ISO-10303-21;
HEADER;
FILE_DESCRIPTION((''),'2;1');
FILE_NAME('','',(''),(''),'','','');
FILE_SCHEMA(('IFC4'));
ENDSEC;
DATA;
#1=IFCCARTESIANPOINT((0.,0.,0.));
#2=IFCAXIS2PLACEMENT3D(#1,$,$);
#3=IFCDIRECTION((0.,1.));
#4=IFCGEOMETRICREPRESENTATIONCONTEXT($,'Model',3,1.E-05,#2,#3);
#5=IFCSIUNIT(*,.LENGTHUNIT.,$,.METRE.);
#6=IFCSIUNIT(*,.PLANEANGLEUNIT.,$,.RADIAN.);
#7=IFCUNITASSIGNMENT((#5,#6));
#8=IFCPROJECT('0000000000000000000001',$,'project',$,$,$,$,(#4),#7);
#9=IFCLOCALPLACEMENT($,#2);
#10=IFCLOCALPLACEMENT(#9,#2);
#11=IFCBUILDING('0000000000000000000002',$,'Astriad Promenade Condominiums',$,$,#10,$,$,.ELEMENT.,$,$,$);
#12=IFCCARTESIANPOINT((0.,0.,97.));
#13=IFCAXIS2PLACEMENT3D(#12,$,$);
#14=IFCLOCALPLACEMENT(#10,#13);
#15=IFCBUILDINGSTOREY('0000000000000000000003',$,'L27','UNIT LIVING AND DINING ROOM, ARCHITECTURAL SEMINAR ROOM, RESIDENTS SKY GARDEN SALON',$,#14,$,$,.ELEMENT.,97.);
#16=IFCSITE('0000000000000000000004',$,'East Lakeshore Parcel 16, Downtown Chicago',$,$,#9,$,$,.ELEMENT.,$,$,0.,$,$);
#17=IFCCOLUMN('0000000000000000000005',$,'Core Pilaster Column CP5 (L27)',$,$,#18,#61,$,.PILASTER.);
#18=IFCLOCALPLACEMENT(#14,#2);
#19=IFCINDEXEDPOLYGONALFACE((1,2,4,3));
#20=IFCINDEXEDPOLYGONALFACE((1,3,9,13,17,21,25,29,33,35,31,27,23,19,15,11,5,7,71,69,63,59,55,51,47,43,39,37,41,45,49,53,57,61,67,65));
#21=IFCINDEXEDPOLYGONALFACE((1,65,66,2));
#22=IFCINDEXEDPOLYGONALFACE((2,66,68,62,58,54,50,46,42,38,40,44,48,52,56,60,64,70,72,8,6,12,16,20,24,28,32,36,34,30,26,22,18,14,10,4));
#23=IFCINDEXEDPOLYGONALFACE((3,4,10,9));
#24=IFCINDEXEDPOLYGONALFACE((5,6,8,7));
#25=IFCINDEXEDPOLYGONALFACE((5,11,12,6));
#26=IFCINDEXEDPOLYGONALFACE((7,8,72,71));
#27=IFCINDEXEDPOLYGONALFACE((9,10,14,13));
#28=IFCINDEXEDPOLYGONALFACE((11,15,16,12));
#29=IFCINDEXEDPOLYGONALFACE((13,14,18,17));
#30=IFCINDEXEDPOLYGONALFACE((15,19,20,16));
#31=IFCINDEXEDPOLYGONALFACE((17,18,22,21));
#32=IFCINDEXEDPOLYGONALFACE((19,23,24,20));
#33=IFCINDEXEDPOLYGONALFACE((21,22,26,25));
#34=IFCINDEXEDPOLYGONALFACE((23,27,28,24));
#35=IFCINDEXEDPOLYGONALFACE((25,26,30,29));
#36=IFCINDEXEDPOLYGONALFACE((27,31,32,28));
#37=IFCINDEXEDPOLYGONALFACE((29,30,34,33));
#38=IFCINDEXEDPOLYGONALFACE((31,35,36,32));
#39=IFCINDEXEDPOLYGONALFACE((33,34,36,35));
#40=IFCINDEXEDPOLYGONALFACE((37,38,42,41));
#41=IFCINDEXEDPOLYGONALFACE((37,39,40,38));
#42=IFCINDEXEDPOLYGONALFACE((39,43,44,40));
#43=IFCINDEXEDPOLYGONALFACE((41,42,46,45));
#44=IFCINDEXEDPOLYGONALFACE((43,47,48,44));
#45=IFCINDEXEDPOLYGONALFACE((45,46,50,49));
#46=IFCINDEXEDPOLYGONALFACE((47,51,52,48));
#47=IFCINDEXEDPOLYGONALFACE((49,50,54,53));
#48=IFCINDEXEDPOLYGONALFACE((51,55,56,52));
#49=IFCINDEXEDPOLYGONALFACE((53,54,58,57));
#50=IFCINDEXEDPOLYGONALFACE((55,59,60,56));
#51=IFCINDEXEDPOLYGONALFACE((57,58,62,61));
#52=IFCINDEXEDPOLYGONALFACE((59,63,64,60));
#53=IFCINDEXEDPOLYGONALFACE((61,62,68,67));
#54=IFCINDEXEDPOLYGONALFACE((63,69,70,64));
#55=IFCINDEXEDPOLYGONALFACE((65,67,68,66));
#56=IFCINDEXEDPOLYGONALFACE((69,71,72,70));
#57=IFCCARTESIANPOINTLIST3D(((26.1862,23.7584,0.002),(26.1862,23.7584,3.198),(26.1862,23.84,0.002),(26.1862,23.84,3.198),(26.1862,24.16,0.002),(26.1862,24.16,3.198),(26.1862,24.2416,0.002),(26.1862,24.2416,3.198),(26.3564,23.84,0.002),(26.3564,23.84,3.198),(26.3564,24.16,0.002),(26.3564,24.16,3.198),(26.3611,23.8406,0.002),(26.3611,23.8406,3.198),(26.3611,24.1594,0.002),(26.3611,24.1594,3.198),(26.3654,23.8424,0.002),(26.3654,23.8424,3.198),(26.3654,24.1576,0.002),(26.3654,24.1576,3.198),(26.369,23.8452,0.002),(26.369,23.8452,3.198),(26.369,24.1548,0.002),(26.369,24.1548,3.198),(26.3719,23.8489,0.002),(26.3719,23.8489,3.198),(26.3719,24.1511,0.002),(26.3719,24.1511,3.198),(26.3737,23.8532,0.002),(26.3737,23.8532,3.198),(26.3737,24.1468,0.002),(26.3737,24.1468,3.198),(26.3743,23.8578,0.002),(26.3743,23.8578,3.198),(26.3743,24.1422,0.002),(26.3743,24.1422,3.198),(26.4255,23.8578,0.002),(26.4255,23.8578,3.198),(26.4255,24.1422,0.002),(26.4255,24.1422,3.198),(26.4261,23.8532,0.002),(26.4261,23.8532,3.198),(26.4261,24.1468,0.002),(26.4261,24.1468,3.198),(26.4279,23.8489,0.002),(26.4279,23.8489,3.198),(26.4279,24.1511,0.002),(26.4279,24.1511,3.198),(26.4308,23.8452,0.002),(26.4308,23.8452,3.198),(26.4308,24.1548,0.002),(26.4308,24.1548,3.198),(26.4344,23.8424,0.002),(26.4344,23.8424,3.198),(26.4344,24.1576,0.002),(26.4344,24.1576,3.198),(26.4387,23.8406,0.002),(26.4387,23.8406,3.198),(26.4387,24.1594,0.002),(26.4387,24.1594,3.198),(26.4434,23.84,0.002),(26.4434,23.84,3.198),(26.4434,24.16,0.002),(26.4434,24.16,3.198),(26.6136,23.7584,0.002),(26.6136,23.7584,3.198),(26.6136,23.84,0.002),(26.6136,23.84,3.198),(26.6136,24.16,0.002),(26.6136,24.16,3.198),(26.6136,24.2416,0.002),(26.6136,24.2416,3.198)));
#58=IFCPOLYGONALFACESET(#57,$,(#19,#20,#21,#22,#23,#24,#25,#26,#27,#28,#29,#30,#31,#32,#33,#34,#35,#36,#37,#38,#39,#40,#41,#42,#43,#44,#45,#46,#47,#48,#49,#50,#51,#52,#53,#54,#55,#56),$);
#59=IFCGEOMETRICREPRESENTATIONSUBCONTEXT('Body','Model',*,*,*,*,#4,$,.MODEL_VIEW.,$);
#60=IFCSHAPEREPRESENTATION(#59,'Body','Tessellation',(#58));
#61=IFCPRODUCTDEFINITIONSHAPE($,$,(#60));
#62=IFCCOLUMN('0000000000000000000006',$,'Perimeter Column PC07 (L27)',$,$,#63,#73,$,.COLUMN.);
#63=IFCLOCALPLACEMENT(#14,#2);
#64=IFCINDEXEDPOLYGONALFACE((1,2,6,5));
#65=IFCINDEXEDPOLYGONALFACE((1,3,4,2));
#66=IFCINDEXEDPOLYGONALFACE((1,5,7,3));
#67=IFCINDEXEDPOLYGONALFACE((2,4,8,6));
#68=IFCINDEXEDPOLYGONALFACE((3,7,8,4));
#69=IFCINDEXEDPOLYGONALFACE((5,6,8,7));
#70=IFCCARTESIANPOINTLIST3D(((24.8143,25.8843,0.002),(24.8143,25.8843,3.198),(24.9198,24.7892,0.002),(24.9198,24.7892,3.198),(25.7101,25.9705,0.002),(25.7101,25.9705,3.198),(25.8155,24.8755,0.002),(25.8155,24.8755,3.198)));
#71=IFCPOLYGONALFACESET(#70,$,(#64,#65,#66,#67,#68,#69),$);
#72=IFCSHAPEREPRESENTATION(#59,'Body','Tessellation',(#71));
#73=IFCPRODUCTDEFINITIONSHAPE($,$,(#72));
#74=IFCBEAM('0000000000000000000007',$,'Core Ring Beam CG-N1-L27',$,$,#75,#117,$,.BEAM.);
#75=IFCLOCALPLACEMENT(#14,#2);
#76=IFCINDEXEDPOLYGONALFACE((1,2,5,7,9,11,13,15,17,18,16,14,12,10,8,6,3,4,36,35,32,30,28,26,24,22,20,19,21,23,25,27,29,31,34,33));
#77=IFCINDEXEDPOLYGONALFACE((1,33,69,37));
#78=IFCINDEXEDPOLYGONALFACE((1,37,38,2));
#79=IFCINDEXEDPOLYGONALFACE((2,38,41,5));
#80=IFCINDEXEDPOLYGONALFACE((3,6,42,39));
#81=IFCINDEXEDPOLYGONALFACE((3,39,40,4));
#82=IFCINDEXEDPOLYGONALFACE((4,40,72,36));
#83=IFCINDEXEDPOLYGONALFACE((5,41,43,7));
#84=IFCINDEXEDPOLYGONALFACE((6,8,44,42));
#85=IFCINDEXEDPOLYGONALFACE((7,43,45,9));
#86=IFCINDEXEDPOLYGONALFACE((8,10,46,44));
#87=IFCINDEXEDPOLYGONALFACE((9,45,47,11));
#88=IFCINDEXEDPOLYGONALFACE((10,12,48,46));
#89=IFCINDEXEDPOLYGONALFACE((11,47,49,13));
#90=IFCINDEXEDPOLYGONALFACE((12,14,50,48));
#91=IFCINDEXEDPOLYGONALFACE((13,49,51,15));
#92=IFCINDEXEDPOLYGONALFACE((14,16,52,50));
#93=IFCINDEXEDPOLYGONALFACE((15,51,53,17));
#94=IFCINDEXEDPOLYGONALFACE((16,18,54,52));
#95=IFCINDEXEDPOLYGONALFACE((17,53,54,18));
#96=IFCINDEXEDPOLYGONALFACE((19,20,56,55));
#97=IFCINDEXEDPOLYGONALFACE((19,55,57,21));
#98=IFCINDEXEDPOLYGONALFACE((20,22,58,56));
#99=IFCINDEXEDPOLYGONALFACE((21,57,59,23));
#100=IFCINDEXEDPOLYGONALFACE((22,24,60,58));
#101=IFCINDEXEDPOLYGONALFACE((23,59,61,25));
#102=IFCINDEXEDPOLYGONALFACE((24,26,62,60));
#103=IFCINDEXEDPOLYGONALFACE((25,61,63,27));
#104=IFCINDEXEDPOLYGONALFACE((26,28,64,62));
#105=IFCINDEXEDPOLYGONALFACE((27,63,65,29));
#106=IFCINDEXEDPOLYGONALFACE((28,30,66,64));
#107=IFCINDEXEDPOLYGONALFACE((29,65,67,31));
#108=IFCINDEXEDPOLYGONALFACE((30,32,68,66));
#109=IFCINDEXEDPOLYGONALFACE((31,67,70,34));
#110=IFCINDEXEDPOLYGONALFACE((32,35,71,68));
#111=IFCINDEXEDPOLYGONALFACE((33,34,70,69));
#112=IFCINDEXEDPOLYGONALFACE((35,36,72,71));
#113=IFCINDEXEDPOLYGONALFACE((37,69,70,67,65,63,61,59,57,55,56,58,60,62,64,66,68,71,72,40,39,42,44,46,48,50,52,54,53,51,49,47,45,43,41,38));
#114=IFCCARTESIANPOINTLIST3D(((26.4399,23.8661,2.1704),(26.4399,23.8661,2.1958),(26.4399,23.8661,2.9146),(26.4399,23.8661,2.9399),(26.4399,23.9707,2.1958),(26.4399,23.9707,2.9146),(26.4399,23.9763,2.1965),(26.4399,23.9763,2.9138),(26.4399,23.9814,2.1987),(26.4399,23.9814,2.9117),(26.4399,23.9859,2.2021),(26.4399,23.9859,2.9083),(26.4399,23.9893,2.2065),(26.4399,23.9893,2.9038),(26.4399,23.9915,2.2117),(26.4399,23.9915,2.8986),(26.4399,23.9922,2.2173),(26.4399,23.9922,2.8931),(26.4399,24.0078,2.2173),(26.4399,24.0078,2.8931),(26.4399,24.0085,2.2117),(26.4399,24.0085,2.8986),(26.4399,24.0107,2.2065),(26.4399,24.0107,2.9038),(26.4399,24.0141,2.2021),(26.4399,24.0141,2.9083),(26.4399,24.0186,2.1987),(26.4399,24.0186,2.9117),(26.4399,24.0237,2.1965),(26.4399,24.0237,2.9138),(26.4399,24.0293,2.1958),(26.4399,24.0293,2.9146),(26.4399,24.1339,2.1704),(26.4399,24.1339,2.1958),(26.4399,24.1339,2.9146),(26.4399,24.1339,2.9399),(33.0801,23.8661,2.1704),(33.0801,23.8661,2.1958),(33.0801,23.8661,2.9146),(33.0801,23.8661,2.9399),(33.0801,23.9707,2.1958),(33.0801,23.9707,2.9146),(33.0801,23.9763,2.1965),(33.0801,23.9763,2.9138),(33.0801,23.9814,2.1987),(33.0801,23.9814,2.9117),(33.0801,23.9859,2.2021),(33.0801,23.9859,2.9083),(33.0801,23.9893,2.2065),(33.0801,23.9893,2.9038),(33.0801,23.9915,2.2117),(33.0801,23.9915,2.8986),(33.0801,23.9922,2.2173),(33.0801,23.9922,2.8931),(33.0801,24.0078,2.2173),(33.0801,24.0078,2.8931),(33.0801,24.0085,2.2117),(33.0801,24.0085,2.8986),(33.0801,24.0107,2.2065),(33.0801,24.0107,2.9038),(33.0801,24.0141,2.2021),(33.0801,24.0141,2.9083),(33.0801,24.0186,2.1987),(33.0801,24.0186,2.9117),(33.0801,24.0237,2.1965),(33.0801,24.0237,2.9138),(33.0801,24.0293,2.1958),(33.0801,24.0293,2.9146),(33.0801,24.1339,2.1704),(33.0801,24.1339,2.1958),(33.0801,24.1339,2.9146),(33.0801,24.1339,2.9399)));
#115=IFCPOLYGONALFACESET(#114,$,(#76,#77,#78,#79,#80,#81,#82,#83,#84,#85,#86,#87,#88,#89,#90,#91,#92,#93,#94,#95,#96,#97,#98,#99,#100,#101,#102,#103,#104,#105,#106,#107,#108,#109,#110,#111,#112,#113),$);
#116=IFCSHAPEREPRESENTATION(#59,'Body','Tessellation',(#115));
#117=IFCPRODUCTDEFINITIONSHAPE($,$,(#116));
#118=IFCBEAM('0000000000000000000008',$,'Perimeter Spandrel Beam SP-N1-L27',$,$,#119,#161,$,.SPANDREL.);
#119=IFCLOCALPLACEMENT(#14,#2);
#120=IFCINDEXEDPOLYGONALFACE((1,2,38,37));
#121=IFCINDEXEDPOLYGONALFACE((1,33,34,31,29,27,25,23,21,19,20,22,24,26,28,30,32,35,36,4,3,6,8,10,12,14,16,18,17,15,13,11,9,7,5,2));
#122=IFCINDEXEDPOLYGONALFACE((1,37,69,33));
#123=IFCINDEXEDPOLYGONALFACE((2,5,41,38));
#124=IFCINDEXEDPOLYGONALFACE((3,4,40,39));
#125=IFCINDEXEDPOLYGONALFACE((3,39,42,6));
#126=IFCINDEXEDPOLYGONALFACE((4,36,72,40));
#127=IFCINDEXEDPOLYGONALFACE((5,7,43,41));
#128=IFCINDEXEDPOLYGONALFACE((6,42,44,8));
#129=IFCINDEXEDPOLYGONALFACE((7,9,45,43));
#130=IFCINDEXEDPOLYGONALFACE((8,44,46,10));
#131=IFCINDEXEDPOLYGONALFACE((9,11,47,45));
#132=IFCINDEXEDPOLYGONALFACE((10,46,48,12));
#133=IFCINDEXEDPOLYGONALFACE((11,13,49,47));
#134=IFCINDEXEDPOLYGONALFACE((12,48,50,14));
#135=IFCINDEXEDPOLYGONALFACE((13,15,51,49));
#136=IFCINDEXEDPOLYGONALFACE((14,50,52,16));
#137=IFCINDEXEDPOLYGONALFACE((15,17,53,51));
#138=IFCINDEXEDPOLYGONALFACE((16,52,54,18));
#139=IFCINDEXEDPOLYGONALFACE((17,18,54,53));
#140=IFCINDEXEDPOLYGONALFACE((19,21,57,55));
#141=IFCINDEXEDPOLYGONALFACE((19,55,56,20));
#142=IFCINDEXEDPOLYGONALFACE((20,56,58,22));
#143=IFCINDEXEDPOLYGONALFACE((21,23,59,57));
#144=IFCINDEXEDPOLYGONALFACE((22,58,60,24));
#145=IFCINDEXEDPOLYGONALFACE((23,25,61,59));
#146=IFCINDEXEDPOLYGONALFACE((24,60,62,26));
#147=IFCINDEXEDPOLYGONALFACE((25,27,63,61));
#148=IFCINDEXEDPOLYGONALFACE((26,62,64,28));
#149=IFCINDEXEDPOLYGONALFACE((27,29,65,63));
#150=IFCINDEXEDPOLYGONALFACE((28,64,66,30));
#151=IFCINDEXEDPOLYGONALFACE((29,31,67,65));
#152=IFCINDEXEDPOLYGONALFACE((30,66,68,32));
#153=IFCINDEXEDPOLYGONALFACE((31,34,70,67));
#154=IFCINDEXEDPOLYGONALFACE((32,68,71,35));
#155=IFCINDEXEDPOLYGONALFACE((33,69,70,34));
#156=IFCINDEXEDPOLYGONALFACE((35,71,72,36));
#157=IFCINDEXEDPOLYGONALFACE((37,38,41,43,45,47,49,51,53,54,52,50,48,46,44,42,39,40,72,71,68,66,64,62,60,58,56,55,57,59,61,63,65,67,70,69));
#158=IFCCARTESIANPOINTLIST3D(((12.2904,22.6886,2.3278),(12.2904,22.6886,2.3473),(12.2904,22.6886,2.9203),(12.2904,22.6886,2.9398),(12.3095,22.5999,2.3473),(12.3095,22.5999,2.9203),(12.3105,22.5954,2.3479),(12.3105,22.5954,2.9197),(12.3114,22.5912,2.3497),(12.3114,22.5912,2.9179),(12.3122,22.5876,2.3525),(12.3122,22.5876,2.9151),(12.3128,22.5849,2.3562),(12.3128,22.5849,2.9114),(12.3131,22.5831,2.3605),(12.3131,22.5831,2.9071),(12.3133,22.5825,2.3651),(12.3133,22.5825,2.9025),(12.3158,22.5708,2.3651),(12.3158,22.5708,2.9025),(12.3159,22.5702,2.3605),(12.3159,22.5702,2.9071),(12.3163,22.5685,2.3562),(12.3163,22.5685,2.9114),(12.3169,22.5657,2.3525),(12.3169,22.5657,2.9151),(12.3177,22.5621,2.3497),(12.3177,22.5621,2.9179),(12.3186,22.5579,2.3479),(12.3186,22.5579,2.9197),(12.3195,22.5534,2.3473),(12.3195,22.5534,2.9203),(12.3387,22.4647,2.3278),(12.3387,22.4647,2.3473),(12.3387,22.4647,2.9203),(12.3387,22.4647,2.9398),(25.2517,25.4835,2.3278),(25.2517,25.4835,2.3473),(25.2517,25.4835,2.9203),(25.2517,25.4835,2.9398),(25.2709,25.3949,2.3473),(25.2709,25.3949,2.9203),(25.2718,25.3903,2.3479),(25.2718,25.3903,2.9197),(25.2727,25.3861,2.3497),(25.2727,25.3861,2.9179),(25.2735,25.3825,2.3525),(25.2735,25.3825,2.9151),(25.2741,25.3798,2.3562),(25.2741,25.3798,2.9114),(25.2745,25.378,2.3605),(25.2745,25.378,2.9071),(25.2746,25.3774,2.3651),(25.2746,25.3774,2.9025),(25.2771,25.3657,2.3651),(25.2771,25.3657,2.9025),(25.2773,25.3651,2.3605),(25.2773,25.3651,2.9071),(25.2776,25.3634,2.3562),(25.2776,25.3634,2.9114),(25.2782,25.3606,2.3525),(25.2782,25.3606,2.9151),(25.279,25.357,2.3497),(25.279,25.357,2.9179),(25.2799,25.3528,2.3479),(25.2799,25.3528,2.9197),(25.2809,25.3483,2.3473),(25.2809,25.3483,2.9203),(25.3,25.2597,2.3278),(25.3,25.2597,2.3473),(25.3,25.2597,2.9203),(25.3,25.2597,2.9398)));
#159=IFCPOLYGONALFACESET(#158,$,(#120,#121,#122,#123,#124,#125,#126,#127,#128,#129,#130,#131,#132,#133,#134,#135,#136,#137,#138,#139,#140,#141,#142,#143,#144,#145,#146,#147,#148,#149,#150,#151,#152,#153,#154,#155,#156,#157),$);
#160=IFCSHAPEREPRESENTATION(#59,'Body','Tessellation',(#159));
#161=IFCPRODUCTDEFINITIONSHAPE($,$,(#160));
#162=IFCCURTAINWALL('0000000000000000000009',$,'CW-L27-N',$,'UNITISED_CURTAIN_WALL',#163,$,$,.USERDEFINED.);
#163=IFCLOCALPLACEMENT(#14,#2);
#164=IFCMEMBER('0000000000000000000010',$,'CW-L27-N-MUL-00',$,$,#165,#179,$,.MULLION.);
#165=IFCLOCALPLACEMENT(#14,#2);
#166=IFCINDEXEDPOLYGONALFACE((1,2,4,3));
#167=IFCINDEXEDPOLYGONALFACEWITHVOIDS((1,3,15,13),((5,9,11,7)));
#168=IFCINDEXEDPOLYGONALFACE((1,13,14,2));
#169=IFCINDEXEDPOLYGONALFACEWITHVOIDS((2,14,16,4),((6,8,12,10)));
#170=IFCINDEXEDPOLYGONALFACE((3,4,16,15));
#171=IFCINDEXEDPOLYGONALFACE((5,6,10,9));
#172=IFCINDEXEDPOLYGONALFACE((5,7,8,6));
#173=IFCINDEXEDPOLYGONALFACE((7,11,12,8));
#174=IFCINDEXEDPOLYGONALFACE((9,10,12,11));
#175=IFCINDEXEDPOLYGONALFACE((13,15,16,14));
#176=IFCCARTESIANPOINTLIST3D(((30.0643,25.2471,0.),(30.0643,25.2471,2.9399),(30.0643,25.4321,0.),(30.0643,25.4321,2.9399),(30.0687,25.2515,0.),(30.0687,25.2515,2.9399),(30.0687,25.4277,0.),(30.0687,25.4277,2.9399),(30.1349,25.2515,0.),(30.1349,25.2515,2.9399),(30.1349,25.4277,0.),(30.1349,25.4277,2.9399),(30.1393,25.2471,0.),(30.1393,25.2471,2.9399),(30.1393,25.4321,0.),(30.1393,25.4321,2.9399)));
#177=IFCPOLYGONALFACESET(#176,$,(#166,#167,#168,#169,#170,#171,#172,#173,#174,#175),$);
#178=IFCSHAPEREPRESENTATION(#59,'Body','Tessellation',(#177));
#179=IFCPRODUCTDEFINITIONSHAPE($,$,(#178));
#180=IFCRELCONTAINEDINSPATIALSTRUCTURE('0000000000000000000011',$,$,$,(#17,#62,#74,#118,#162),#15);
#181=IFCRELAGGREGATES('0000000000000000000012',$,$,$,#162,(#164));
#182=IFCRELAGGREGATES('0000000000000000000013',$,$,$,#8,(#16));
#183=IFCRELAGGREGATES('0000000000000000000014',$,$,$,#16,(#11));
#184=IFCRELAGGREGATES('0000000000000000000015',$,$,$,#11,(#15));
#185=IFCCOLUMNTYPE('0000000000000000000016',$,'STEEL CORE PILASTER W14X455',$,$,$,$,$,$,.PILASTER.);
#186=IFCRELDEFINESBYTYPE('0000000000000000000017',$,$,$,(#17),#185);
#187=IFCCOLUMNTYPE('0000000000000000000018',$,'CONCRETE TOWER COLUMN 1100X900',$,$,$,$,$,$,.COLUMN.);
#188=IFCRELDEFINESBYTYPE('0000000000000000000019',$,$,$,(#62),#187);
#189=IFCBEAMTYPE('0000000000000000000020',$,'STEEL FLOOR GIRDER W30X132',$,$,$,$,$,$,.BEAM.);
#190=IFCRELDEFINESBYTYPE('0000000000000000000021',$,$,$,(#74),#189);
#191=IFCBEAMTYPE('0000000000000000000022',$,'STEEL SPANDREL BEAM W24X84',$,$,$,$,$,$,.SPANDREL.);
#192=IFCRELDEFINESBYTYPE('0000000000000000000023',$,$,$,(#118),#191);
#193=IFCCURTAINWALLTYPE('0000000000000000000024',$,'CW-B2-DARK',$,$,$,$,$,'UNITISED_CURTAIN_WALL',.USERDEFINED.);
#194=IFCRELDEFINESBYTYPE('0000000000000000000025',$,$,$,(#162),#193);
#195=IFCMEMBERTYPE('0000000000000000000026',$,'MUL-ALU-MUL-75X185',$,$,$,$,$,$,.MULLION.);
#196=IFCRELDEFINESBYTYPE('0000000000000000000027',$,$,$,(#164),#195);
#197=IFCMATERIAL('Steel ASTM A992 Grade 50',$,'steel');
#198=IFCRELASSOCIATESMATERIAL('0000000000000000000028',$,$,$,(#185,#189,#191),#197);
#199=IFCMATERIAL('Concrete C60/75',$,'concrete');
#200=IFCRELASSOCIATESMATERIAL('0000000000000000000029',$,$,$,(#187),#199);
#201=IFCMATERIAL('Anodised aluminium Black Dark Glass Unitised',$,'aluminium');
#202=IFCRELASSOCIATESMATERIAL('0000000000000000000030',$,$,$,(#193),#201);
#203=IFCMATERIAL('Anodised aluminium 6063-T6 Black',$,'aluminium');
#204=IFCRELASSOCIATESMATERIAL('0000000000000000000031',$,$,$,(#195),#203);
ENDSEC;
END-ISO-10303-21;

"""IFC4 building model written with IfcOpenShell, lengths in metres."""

from ifc_helpers import new_model, si_unit, direction, frame, origin, origin_2d, place, context, subcontext, project, spatial, rectangle, hollow_rectangle, i_section, extrude, source, transform, mapped, material, material_profile, profile_set, type_object, type_shapes, element, aggregate, save


model = new_model("IFC4")

# Units and contexts
model_context = context("Model", 3, precision=1e-05, world=origin(), true_north=direction((0.0, 1.0)))
body_context = subcontext(model_context, "Body", "Model", "MODEL_VIEW")
ifc_project = project(units=[si_unit("LENGTHUNIT", "METRE"), si_unit("PLANEANGLEUNIT", "RADIAN")], contexts=[model_context])

# Site, building, storey
site_placement = place(None, origin())
site = spatial("IfcSite", under=ifc_project, at=site_placement, Name="East Lakeshore Parcel 16, Downtown Chicago", CompositionType="ELEMENT", RefElevation=0.0)
building_placement = place(site_placement, origin())
building = spatial("IfcBuilding", under=site, at=building_placement, Name="Astriad Promenade Condominiums", CompositionType="ELEMENT")
storey_placement = place(building_placement, frame((0.0, 0.0, 97.0)))
storey = spatial("IfcBuildingStorey", under=building, at=storey_placement, Name="L27", Description="UNIT LIVING AND DINING ROOM, ARCHITECTURAL SEMINAR ROOM, RESIDENTS SKY GARDEN SALON", CompositionType="ELEMENT", Elevation=97.0)

# Columns
ifc_material_1 = material(Name="Steel ASTM A992 Grade 50", Category="steel")
ifc_material_profile_1 = material_profile(ifc_material_1, i_section(OverallWidth=0.4275, OverallDepth=0.4832, WebThickness=0.0513, FlangeThickness=0.0815, FilletRadius=0.0178, at=origin_2d()), Name="W14X455")
ifc_profile_set_1 = profile_set([ifc_material_profile_1], Name="Steel ASTM A992 Grade 50")
column_type_1 = type_object("IfcColumnType", Name="STEEL CORE PILASTER W14X455", PredefinedType="PILASTER", material=ifc_profile_set_1)
shared_shape_1 = source(origin(), body_context, "Body", "SweptSolid", [
    extrude(i_section(OverallWidth=0.4275, OverallDepth=0.4832, WebThickness=0.0513, FlangeThickness=0.0815, FilletRadius=0.0178, at=origin_2d()), origin(), (0.0, 0.0, 1.0), 3.196),
])
type_shapes(column_type_1, [shared_shape_1])
column_1_placement = place(storey_placement, frame((26.3999, 24.0, 0.002), z_axis=(0.0, 0.0, 1.0), x_axis=(1.0, 0.0, 0.0)))
element("IfcColumn", 1, at=column_1_placement, inside=storey, type_object=column_type_1, Name="Core Pilaster Column CP5 (L27)", PredefinedType="PILASTER", context=body_context, shape_type="MappedRepresentation", body=[
    mapped(shared_shape_1, transform((0.0, 0.0, 0.0), scale=1.0)),
])
ifc_material_2 = material(Name="Concrete C60/75", Category="concrete")
ifc_material_profile_2 = material_profile(ifc_material_2, rectangle(XDim=0.8999, YDim=1.1001, at=origin_2d()), Name="RC-COL-1100X900")
ifc_profile_set_2 = profile_set([ifc_material_profile_2], Name="Concrete C60/75")
column_type_2 = type_object("IfcColumnType", Name="CONCRETE TOWER COLUMN 1100X900", PredefinedType="COLUMN", material=ifc_profile_set_2)
shared_shape_2 = source(origin(), body_context, "Body", "SweptSolid", [
    extrude(rectangle(XDim=0.8999, YDim=1.1001, at=origin_2d()), origin(), (0.0, 0.0, 1.0), 3.196),
])
type_shapes(column_type_2, [shared_shape_2])
column_2_placement = place(storey_placement, frame((25.3149, 25.3799, 0.002), z_axis=(0.0, 0.0, 1.0), x_axis=(0.995396, 0.095846, 0.0)))
element("IfcColumn", 2, at=column_2_placement, inside=storey, type_object=column_type_2, Name="Perimeter Column PC07 (L27)", PredefinedType="COLUMN", context=body_context, shape_type="MappedRepresentation", body=[
    mapped(shared_shape_2, transform((0.0, 0.0, 0.0), scale=1.0)),
])

# Beams
ifc_material_profile_3 = material_profile(ifc_material_1, i_section(OverallWidth=0.2678, OverallDepth=0.7695, WebThickness=0.0156, FlangeThickness=0.0254, FilletRadius=0.0215, at=origin_2d()), Name="W30X132")
ifc_profile_set_3 = profile_set([ifc_material_profile_3], Name="Steel ASTM A992 Grade 50")
beam_type_1 = type_object("IfcBeamType", Name="STEEL FLOOR GIRDER W30X132", PredefinedType="BEAM", material=ifc_profile_set_3)
shared_shape_3 = source(origin(), body_context, "Body", "SweptSolid", [
    extrude(i_section(OverallWidth=0.2678, OverallDepth=0.7695, WebThickness=0.0156, FlangeThickness=0.0254, FilletRadius=0.0215, at=origin_2d()), origin(), (0.0, 0.0, 1.0), 6.6401),
])
type_shapes(beam_type_1, [shared_shape_3])
beam_1_placement = place(storey_placement, frame((26.4399, 24.0, 2.5552), z_axis=(1.0, 0.0, 0.0), x_axis=(0.0, 1.0, 0.0)))
element("IfcBeam", 3, at=beam_1_placement, inside=storey, type_object=beam_type_1, Name="Core Ring Beam CG-N1-L27", PredefinedType="BEAM", context=body_context, shape_type="MappedRepresentation", body=[
    mapped(shared_shape_3, transform((0.0, 0.0, 0.0), scale=1.0)),
])
ifc_material_profile_4 = material_profile(ifc_material_1, i_section(OverallWidth=0.229, OverallDepth=0.6121, WebThickness=0.012, FlangeThickness=0.0195, FilletRadius=0.0178, at=origin_2d()), Name="W24X84")
ifc_profile_set_4 = profile_set([ifc_material_profile_4], Name="Steel ASTM A992 Grade 50")
beam_type_2 = type_object("IfcBeamType", Name="STEEL SPANDREL BEAM W24X84", PredefinedType="SPANDREL", material=ifc_profile_set_4)
shared_shape_4 = source(origin(), body_context, "Body", "SweptSolid", [
    extrude(i_section(OverallWidth=0.229, OverallDepth=0.6121, WebThickness=0.012, FlangeThickness=0.0195, FilletRadius=0.0178, at=origin_2d()), origin(), (0.0, 0.0, 1.0), 13.2593),
])
type_shapes(beam_type_2, [shared_shape_4])
beam_2_placement = place(storey_placement, frame((25.2759, 25.3716, 2.6338), z_axis=(-0.977532, -0.210789, 0.0), x_axis=(0.210789, -0.977532, 0.0)))
element("IfcBeam", 4, at=beam_2_placement, inside=storey, type_object=beam_type_2, Name="Perimeter Spandrel Beam SP-N1-L27", PredefinedType="SPANDREL", context=body_context, shape_type="MappedRepresentation", body=[
    mapped(shared_shape_4, transform((0.0, 0.0, 0.0), scale=1.0)),
])

# Curtain wall, member
ifc_material_3 = material(Name="Anodised aluminium Black Dark Glass Unitised", Category="aluminium")
curtain_wall_type = type_object("IfcCurtainWallType", Name="CW-B2-DARK", ElementType="UNITISED_CURTAIN_WALL", PredefinedType="USERDEFINED", material=ifc_material_3)
curtain_wall_placement = place(storey_placement, origin())
curtain_wall = element("IfcCurtainWall", 5, at=curtain_wall_placement, inside=storey, type_object=curtain_wall_type, Name="CW-L27-N", ObjectType="UNITISED_CURTAIN_WALL", PredefinedType="USERDEFINED")
ifc_material_4 = material(Name="Anodised aluminium 6063-T6 Black", Category="aluminium")
ifc_material_profile_5 = material_profile(ifc_material_4, hollow_rectangle(XDim=0.075, YDim=0.1851, WallThickness=0.0044, at=origin_2d()), Name="ALU-MUL-75X185")
ifc_profile_set_5 = profile_set([ifc_material_profile_5], Name="Anodised aluminium 6063-T6 Black")
member_type_1 = type_object("IfcMemberType", Name="MUL-ALU-MUL-75X185", PredefinedType="MULLION", material=ifc_profile_set_5)
shared_shape_5 = source(origin(), body_context, "Body", "SweptSolid", [
    extrude(hollow_rectangle(XDim=0.075, YDim=0.1851, WallThickness=0.0044, at=origin_2d()), origin(), (0.0, 0.0, 1.0), 2.9399),
])
type_shapes(member_type_1, [shared_shape_5])
member_1_placement = place(storey_placement, frame((30.1018, 25.3396, 0.0), z_axis=(0.0, 0.0, 1.0), x_axis=(1.0, 0.0, 0.0)))
member_1 = element("IfcMember", 6, at=member_1_placement, type_object=member_type_1, Name="CW-L27-N-MUL-00", PredefinedType="MULLION", context=body_context, shape_type="MappedRepresentation", body=[
    mapped(shared_shape_5, transform((0.0, 0.0, 0.0), scale=1.0)),
])
aggregate(curtain_wall, [member_1])

save(model, "model.ifc")
